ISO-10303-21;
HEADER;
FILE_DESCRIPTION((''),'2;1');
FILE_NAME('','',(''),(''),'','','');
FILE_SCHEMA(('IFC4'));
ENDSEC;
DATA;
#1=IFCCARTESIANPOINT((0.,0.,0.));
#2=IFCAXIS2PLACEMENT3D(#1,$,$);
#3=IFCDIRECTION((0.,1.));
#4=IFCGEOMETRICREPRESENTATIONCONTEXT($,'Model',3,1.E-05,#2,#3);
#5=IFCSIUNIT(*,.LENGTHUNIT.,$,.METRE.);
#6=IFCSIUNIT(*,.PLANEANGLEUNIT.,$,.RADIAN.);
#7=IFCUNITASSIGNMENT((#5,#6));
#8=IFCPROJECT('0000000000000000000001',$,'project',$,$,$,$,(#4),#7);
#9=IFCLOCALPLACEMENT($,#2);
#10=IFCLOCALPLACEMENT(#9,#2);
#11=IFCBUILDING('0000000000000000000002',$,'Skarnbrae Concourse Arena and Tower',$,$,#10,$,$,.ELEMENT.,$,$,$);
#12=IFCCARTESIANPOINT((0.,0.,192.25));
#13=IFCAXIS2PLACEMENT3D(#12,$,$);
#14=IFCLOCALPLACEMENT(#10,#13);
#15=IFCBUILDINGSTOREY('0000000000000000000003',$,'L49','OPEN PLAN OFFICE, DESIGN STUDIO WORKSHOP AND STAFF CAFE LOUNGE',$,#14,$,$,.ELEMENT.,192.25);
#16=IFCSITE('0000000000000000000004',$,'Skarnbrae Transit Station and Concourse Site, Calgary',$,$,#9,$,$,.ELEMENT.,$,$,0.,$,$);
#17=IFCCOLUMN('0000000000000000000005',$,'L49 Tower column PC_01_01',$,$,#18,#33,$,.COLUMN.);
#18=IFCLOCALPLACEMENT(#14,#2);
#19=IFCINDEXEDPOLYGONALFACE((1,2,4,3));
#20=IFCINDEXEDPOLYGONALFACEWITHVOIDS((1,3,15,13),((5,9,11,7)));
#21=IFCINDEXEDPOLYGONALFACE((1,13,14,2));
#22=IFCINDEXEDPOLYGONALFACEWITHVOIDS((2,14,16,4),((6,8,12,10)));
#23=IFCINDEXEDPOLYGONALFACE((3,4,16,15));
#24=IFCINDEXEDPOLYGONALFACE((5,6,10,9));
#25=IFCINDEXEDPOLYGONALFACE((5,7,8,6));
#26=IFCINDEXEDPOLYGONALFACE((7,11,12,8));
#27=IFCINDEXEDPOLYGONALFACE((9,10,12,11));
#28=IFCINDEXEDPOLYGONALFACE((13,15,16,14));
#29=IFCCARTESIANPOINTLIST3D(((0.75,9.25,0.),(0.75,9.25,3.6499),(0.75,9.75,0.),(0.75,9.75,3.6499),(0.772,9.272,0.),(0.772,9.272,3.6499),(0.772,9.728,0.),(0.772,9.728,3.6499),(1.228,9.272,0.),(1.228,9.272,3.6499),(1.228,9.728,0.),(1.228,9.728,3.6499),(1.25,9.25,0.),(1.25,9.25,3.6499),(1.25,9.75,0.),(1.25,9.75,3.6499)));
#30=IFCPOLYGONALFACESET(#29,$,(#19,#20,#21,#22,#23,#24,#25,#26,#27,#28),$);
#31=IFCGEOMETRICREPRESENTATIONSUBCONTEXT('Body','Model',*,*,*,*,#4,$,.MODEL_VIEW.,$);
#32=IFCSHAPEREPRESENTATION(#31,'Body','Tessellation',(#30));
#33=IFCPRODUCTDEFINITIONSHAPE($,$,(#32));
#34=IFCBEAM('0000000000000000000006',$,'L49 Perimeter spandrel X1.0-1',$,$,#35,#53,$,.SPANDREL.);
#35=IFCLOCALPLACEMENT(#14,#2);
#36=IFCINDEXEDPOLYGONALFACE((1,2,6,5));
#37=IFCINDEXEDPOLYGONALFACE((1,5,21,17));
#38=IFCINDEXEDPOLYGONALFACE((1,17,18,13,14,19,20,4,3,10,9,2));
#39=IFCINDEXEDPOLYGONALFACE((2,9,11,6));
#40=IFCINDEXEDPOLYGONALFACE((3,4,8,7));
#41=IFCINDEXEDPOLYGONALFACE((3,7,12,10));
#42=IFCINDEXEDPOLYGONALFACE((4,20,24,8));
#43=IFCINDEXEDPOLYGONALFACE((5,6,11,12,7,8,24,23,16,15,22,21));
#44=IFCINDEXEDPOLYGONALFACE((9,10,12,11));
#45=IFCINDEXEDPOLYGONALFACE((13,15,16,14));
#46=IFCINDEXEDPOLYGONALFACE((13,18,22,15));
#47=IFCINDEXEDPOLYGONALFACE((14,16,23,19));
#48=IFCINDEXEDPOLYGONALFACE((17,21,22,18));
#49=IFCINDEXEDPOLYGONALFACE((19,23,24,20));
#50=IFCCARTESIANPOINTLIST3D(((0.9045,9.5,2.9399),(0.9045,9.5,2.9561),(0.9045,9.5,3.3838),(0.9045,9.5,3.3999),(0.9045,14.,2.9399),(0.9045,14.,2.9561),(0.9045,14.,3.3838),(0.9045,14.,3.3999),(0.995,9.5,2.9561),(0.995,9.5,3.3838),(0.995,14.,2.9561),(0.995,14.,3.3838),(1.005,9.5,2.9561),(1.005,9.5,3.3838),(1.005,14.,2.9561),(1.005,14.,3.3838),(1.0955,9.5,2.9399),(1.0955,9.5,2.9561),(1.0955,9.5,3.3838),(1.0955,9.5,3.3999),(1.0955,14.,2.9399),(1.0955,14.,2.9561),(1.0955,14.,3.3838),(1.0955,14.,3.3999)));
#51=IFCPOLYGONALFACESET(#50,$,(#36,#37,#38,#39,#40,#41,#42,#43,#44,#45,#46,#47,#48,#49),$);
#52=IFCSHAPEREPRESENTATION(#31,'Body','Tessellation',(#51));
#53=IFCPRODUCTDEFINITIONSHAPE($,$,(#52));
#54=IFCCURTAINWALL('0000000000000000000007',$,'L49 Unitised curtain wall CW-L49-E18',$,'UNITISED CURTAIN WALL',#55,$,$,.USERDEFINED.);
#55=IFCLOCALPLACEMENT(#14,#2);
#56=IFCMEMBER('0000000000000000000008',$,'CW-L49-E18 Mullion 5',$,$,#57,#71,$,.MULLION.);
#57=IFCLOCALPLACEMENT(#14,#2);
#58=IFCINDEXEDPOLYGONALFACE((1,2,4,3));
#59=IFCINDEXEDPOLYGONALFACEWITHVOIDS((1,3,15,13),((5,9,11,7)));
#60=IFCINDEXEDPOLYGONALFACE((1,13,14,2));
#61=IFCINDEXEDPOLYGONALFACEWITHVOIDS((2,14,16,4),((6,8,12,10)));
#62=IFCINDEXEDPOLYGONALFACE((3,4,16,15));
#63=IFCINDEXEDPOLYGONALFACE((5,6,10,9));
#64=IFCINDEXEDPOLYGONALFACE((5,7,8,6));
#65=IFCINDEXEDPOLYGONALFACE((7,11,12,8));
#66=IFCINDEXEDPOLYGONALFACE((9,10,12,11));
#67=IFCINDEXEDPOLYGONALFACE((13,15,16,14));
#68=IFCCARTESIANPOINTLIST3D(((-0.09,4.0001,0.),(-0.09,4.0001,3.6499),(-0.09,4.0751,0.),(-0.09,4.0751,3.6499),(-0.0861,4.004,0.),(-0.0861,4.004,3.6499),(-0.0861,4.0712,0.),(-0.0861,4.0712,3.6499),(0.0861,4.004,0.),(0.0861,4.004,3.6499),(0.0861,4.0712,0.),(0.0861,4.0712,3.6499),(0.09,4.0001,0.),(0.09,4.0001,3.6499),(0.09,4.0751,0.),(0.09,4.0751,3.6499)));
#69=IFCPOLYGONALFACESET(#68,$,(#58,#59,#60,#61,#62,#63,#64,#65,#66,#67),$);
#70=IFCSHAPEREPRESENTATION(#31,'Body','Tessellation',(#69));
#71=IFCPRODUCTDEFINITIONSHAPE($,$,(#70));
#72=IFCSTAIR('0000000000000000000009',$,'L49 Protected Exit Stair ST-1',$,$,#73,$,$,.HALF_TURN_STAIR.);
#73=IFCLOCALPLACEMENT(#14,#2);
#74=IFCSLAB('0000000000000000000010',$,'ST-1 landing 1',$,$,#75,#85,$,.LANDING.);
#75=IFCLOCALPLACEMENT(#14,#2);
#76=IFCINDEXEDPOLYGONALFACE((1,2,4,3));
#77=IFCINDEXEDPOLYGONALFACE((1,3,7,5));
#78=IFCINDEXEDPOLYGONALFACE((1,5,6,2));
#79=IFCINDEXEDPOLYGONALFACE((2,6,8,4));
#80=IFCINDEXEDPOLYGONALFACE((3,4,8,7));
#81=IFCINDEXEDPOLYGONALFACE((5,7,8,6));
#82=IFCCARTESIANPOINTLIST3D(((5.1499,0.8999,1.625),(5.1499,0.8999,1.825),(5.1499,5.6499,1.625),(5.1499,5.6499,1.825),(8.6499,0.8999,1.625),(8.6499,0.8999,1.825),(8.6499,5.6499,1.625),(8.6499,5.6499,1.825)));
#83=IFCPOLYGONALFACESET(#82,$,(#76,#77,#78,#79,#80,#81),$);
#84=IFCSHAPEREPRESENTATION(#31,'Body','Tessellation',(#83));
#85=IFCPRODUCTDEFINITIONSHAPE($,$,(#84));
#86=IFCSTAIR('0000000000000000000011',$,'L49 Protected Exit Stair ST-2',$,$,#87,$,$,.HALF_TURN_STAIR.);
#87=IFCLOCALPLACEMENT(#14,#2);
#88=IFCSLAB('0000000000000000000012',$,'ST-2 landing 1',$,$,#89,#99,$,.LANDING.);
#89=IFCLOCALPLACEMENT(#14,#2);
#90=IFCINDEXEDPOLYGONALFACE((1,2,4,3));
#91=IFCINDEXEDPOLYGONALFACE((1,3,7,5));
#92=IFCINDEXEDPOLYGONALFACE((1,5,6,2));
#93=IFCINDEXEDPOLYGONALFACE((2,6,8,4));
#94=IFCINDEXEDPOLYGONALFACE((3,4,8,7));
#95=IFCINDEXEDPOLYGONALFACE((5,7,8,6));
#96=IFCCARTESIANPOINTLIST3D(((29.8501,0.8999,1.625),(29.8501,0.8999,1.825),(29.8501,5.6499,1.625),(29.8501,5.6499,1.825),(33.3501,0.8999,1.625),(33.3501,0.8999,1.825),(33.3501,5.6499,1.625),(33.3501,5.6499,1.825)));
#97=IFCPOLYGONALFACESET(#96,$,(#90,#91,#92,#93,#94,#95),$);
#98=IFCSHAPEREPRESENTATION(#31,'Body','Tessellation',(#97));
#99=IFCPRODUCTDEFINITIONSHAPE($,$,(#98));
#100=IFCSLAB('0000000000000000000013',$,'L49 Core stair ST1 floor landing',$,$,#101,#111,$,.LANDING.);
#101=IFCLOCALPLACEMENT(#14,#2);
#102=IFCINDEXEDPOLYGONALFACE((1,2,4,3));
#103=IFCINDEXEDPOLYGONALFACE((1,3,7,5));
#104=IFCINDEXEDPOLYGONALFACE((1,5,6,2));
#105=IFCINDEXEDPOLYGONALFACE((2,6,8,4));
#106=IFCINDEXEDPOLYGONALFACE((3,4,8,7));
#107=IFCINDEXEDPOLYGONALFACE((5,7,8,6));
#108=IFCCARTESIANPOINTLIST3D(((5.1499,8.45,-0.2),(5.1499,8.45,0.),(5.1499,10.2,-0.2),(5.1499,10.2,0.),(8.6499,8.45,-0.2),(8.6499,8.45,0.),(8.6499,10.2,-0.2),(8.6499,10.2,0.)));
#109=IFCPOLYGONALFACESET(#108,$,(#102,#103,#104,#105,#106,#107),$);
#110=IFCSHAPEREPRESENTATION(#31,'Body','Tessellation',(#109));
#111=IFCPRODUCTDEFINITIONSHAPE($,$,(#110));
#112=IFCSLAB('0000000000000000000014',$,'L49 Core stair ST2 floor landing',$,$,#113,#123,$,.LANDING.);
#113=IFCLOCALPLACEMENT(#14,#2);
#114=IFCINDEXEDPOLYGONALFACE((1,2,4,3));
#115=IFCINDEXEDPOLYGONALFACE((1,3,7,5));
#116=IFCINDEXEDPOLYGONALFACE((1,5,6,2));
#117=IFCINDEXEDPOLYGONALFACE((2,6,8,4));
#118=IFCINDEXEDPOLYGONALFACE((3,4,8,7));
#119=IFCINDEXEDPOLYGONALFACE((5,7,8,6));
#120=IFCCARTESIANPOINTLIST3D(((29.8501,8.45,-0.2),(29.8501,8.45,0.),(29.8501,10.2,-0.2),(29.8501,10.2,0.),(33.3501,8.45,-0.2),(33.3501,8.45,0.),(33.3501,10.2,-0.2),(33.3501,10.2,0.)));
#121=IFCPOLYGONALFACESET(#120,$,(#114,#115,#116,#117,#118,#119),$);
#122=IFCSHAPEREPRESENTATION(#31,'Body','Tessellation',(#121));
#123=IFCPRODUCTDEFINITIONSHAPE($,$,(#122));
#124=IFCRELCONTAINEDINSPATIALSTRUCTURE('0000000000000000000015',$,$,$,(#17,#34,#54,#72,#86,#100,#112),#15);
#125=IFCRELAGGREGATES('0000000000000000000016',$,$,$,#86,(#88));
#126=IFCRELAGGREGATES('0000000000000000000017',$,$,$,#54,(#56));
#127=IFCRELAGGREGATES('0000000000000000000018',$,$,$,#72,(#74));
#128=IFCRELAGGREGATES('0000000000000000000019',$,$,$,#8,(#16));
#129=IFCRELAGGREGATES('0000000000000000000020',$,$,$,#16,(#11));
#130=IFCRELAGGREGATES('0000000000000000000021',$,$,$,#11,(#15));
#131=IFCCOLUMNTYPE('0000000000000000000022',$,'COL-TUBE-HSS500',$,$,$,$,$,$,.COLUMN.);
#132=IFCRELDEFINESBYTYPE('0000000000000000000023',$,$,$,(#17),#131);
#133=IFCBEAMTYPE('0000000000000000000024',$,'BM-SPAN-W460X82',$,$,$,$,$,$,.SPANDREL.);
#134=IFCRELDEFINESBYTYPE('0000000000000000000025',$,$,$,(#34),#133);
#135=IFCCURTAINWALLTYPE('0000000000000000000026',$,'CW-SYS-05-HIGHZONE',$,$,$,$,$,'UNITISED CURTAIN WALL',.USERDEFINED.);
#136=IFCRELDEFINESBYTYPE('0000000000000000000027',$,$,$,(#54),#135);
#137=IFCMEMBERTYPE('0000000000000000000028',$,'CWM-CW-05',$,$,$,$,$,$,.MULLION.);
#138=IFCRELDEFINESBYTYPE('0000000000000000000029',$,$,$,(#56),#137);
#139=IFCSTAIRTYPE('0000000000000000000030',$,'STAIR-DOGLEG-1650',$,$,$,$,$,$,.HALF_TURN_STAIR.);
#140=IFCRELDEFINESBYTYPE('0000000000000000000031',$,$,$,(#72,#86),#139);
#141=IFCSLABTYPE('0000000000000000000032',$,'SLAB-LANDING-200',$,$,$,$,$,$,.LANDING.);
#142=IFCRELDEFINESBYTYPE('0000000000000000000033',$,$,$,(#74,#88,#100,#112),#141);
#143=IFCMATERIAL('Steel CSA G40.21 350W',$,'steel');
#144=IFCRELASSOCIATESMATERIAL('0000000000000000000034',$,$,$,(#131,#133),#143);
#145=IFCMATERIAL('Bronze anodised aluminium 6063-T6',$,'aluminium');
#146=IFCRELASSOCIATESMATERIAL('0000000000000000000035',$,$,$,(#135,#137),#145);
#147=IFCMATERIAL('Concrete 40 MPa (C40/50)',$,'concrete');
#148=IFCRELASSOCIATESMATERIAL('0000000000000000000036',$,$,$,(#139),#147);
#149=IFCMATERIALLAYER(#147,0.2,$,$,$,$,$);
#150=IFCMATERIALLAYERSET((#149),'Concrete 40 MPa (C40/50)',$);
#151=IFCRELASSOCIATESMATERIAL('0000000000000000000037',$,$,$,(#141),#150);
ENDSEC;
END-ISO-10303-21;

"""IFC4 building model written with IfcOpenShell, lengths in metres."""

from ifc_helpers import new_model, si_unit, direction, frame, origin, origin_2d, place, context, subcontext, project, spatial, polyline, hollow_rectangle, i_section, outline, extrude, source, transform, mapped, material, layer, layer_set, material_profile, profile_set, type_object, element, aggregate, save


model = new_model("IFC4")

# Units and contexts
model_context = context("Model", 3, precision=1e-05, world=origin(), true_north=direction((0.0, 1.0)))
body_context = subcontext(model_context, "Body", "Model", "MODEL_VIEW")
ifc_project = project(units=[si_unit("LENGTHUNIT", "METRE"), si_unit("PLANEANGLEUNIT", "RADIAN")], contexts=[model_context])

# Site, building, storey
site_placement = place(None, origin())
site = spatial("IfcSite", under=ifc_project, at=site_placement, Name="Skarnbrae Transit Station and Concourse Site, Calgary", CompositionType="ELEMENT", RefElevation=0.0)
building_placement = place(site_placement, origin())
building = spatial("IfcBuilding", under=site, at=building_placement, Name="Skarnbrae Concourse Arena and Tower", CompositionType="ELEMENT")
storey_placement = place(building_placement, frame((0.0, 0.0, 192.25)))
storey = spatial("IfcBuildingStorey", under=building, at=storey_placement, Name="L49", Description="OPEN PLAN OFFICE, DESIGN STUDIO WORKSHOP AND STAFF CAFE LOUNGE", CompositionType="ELEMENT", Elevation=192.25)

# Column
ifc_material_1 = material(Name="Steel CSA G40.21 350W", Category="steel")
ifc_material_profile_1 = material_profile(ifc_material_1, hollow_rectangle(XDim=0.5, YDim=0.5, WallThickness=0.022, at=origin_2d()), Name="HSS500X500X22.0")
ifc_profile_set_1 = profile_set([ifc_material_profile_1], Name="Steel CSA G40.21 350W")
column_type = type_object("IfcColumnType", Name="COL-TUBE-HSS500", PredefinedType="COLUMN", material=ifc_profile_set_1)
shared_shape_1 = source(origin(), body_context, "Body", "SweptSolid", [
    extrude(hollow_rectangle(XDim=0.5, YDim=0.5, WallThickness=0.022, at=origin_2d()), origin(), (0.0, 0.0, 1.0), 3.6499),
])
column_placement = place(storey_placement, frame((1.0, 9.5, 0.0), z_axis=(0.0, 0.0, 1.0), x_axis=(1.0, 0.0, 0.0)))
element("IfcColumn", 1, at=column_placement, inside=storey, type_object=column_type, Name="L49 Tower column PC_01_01", PredefinedType="COLUMN", context=body_context, shape_type="MappedRepresentation", body=[
    mapped(shared_shape_1, transform((0.0, 0.0, 0.0))),
])

# Beam
ifc_material_profile_2 = material_profile(ifc_material_1, i_section(OverallWidth=0.1909, OverallDepth=0.46, WebThickness=0.01, FlangeThickness=0.0161, at=origin_2d()), Name="W460X82")
ifc_profile_set_2 = profile_set([ifc_material_profile_2], Name="Steel CSA G40.21 350W")
beam_type = type_object("IfcBeamType", Name="BM-SPAN-W460X82", PredefinedType="SPANDREL", material=ifc_profile_set_2)
shared_shape_2 = source(origin(), body_context, "Body", "SweptSolid", [
    extrude(i_section(OverallWidth=0.1909, OverallDepth=0.46, WebThickness=0.01, FlangeThickness=0.0161, at=origin_2d()), origin(), (0.0, 0.0, 1.0), 4.5),
])
beam_placement = place(storey_placement, frame((1.0, 9.5, 3.1699), z_axis=(0.0, 1.0, 0.0), x_axis=(-1.0, 0.0, 0.0)))
element("IfcBeam", 2, at=beam_placement, inside=storey, type_object=beam_type, Name="L49 Perimeter spandrel X1.0-1", PredefinedType="SPANDREL", context=body_context, shape_type="MappedRepresentation", body=[
    mapped(shared_shape_2, transform((0.0, 0.0, 0.0))),
])

# Curtain wall, member
ifc_material_2 = material(Name="Bronze anodised aluminium 6063-T6", Category="aluminium")
curtain_wall_type = type_object("IfcCurtainWallType", Name="CW-SYS-05-HIGHZONE", ElementType="UNITISED CURTAIN WALL", PredefinedType="USERDEFINED", material=ifc_material_2)
curtain_wall_placement = place(storey_placement, origin())
curtain_wall = element("IfcCurtainWall", 3, at=curtain_wall_placement, inside=storey, type_object=curtain_wall_type, Name="L49 Unitised curtain wall CW-L49-E18", ObjectType="UNITISED CURTAIN WALL", PredefinedType="USERDEFINED")
ifc_material_profile_3 = material_profile(ifc_material_2, hollow_rectangle(XDim=0.075, YDim=0.1799, WallThickness=0.0039, at=origin_2d()), Name="ALU-MULL-75X180")
ifc_profile_set_3 = profile_set([ifc_material_profile_3], Name="Bronze anodised aluminium 6063-T6")
member_type = type_object("IfcMemberType", Name="CWM-CW-05", PredefinedType="MULLION", material=ifc_profile_set_3)
shared_shape_3 = source(origin(), body_context, "Body", "SweptSolid", [
    extrude(hollow_rectangle(XDim=0.075, YDim=0.1799, WallThickness=0.0039, at=origin_2d()), origin(), (0.0, 0.0, 1.0), 3.6499),
])
member_placement = place(storey_placement, frame((0.0, 4.0376, 0.0), z_axis=(0.0, 0.0, 1.0), x_axis=(0.0, -1.0, 0.0)))
member = element("IfcMember", 4, at=member_placement, type_object=member_type, Name="CW-L49-E18 Mullion 5", PredefinedType="MULLION", context=body_context, shape_type="MappedRepresentation", body=[
    mapped(shared_shape_3, transform((0.0, 0.0, 0.0))),
])

# Stairs, slabs
ifc_material_3 = material(Name="Concrete 40 MPa (C40/50)", Category="concrete")
stair_type = type_object("IfcStairType", Name="STAIR-DOGLEG-1650", PredefinedType="HALF_TURN_STAIR", material=ifc_material_3)
stair_1_placement = place(storey_placement, origin())
stair_1 = element("IfcStair", 5, at=stair_1_placement, inside=storey, type_object=stair_type, Name="L49 Protected Exit Stair ST-1", PredefinedType="HALF_TURN_STAIR")
ifc_layer_1 = layer(ifc_material_3, 0.2)
ifc_layer_set_1 = layer_set([ifc_layer_1], Name="Concrete 40 MPa (C40/50)")
slab_type_1 = type_object("IfcSlabType", Name="SLAB-LANDING-200", PredefinedType="LANDING", material=ifc_layer_set_1)
slab_1_placement = place(storey_placement, frame((0.0, 0.0, 1.625)))
slab_1 = element("IfcSlab", 6, at=slab_1_placement, type_object=slab_type_1, Name="ST-1 landing 1", PredefinedType="LANDING", context=body_context, shape_type="SweptSolid", body=[
    extrude(outline(polyline([(5.1499, 5.6499), (5.1499, 0.8999), (8.6499, 0.8999), (8.6499, 5.6499), (5.1499, 5.6499)])), origin(), (0.0, 0.0, 1.0), 0.2),
])
stair_2_placement = place(storey_placement, origin())
stair_2 = element("IfcStair", 7, at=stair_2_placement, inside=storey, type_object=stair_type, Name="L49 Protected Exit Stair ST-2", PredefinedType="HALF_TURN_STAIR")
slab_2_placement = place(storey_placement, frame((0.0, 0.0, 1.625)))
slab_2 = element("IfcSlab", 8, at=slab_2_placement, type_object=slab_type_1, Name="ST-2 landing 1", PredefinedType="LANDING", context=body_context, shape_type="SweptSolid", body=[
    extrude(outline(polyline([(29.8501, 5.6499), (29.8501, 0.8999), (33.3501, 0.8999), (33.3501, 5.6499), (29.8501, 5.6499)])), origin(), (0.0, 0.0, 1.0), 0.2),
])
aggregate(stair_2, [slab_2])

# Slabs
slab_3_placement = place(storey_placement, frame((0.0, 0.0, -0.2)))
element("IfcSlab", 9, at=slab_3_placement, inside=storey, type_object=slab_type_1, Name="L49 Core stair ST1 floor landing", PredefinedType="LANDING", context=body_context, shape_type="SweptSolid", body=[
    extrude(outline(polyline([(5.1499, 10.2), (5.1499, 8.45), (8.6499, 8.45), (8.6499, 10.2), (5.1499, 10.2)])), origin(), (0.0, 0.0, 1.0), 0.2),
])
slab_4_placement = place(storey_placement, frame((0.0, 0.0, -0.2)))
element("IfcSlab", 10, at=slab_4_placement, inside=storey, type_object=slab_type_1, Name="L49 Core stair ST2 floor landing", PredefinedType="LANDING", context=body_context, shape_type="SweptSolid", body=[
    extrude(outline(polyline([(29.8501, 10.2), (29.8501, 8.45), (33.3501, 8.45), (33.3501, 10.2), (29.8501, 10.2)])), origin(), (0.0, 0.0, 1.0), 0.2),
])

aggregate(curtain_wall, [member])

aggregate(stair_1, [slab_1])

save(model, "model.ifc")
